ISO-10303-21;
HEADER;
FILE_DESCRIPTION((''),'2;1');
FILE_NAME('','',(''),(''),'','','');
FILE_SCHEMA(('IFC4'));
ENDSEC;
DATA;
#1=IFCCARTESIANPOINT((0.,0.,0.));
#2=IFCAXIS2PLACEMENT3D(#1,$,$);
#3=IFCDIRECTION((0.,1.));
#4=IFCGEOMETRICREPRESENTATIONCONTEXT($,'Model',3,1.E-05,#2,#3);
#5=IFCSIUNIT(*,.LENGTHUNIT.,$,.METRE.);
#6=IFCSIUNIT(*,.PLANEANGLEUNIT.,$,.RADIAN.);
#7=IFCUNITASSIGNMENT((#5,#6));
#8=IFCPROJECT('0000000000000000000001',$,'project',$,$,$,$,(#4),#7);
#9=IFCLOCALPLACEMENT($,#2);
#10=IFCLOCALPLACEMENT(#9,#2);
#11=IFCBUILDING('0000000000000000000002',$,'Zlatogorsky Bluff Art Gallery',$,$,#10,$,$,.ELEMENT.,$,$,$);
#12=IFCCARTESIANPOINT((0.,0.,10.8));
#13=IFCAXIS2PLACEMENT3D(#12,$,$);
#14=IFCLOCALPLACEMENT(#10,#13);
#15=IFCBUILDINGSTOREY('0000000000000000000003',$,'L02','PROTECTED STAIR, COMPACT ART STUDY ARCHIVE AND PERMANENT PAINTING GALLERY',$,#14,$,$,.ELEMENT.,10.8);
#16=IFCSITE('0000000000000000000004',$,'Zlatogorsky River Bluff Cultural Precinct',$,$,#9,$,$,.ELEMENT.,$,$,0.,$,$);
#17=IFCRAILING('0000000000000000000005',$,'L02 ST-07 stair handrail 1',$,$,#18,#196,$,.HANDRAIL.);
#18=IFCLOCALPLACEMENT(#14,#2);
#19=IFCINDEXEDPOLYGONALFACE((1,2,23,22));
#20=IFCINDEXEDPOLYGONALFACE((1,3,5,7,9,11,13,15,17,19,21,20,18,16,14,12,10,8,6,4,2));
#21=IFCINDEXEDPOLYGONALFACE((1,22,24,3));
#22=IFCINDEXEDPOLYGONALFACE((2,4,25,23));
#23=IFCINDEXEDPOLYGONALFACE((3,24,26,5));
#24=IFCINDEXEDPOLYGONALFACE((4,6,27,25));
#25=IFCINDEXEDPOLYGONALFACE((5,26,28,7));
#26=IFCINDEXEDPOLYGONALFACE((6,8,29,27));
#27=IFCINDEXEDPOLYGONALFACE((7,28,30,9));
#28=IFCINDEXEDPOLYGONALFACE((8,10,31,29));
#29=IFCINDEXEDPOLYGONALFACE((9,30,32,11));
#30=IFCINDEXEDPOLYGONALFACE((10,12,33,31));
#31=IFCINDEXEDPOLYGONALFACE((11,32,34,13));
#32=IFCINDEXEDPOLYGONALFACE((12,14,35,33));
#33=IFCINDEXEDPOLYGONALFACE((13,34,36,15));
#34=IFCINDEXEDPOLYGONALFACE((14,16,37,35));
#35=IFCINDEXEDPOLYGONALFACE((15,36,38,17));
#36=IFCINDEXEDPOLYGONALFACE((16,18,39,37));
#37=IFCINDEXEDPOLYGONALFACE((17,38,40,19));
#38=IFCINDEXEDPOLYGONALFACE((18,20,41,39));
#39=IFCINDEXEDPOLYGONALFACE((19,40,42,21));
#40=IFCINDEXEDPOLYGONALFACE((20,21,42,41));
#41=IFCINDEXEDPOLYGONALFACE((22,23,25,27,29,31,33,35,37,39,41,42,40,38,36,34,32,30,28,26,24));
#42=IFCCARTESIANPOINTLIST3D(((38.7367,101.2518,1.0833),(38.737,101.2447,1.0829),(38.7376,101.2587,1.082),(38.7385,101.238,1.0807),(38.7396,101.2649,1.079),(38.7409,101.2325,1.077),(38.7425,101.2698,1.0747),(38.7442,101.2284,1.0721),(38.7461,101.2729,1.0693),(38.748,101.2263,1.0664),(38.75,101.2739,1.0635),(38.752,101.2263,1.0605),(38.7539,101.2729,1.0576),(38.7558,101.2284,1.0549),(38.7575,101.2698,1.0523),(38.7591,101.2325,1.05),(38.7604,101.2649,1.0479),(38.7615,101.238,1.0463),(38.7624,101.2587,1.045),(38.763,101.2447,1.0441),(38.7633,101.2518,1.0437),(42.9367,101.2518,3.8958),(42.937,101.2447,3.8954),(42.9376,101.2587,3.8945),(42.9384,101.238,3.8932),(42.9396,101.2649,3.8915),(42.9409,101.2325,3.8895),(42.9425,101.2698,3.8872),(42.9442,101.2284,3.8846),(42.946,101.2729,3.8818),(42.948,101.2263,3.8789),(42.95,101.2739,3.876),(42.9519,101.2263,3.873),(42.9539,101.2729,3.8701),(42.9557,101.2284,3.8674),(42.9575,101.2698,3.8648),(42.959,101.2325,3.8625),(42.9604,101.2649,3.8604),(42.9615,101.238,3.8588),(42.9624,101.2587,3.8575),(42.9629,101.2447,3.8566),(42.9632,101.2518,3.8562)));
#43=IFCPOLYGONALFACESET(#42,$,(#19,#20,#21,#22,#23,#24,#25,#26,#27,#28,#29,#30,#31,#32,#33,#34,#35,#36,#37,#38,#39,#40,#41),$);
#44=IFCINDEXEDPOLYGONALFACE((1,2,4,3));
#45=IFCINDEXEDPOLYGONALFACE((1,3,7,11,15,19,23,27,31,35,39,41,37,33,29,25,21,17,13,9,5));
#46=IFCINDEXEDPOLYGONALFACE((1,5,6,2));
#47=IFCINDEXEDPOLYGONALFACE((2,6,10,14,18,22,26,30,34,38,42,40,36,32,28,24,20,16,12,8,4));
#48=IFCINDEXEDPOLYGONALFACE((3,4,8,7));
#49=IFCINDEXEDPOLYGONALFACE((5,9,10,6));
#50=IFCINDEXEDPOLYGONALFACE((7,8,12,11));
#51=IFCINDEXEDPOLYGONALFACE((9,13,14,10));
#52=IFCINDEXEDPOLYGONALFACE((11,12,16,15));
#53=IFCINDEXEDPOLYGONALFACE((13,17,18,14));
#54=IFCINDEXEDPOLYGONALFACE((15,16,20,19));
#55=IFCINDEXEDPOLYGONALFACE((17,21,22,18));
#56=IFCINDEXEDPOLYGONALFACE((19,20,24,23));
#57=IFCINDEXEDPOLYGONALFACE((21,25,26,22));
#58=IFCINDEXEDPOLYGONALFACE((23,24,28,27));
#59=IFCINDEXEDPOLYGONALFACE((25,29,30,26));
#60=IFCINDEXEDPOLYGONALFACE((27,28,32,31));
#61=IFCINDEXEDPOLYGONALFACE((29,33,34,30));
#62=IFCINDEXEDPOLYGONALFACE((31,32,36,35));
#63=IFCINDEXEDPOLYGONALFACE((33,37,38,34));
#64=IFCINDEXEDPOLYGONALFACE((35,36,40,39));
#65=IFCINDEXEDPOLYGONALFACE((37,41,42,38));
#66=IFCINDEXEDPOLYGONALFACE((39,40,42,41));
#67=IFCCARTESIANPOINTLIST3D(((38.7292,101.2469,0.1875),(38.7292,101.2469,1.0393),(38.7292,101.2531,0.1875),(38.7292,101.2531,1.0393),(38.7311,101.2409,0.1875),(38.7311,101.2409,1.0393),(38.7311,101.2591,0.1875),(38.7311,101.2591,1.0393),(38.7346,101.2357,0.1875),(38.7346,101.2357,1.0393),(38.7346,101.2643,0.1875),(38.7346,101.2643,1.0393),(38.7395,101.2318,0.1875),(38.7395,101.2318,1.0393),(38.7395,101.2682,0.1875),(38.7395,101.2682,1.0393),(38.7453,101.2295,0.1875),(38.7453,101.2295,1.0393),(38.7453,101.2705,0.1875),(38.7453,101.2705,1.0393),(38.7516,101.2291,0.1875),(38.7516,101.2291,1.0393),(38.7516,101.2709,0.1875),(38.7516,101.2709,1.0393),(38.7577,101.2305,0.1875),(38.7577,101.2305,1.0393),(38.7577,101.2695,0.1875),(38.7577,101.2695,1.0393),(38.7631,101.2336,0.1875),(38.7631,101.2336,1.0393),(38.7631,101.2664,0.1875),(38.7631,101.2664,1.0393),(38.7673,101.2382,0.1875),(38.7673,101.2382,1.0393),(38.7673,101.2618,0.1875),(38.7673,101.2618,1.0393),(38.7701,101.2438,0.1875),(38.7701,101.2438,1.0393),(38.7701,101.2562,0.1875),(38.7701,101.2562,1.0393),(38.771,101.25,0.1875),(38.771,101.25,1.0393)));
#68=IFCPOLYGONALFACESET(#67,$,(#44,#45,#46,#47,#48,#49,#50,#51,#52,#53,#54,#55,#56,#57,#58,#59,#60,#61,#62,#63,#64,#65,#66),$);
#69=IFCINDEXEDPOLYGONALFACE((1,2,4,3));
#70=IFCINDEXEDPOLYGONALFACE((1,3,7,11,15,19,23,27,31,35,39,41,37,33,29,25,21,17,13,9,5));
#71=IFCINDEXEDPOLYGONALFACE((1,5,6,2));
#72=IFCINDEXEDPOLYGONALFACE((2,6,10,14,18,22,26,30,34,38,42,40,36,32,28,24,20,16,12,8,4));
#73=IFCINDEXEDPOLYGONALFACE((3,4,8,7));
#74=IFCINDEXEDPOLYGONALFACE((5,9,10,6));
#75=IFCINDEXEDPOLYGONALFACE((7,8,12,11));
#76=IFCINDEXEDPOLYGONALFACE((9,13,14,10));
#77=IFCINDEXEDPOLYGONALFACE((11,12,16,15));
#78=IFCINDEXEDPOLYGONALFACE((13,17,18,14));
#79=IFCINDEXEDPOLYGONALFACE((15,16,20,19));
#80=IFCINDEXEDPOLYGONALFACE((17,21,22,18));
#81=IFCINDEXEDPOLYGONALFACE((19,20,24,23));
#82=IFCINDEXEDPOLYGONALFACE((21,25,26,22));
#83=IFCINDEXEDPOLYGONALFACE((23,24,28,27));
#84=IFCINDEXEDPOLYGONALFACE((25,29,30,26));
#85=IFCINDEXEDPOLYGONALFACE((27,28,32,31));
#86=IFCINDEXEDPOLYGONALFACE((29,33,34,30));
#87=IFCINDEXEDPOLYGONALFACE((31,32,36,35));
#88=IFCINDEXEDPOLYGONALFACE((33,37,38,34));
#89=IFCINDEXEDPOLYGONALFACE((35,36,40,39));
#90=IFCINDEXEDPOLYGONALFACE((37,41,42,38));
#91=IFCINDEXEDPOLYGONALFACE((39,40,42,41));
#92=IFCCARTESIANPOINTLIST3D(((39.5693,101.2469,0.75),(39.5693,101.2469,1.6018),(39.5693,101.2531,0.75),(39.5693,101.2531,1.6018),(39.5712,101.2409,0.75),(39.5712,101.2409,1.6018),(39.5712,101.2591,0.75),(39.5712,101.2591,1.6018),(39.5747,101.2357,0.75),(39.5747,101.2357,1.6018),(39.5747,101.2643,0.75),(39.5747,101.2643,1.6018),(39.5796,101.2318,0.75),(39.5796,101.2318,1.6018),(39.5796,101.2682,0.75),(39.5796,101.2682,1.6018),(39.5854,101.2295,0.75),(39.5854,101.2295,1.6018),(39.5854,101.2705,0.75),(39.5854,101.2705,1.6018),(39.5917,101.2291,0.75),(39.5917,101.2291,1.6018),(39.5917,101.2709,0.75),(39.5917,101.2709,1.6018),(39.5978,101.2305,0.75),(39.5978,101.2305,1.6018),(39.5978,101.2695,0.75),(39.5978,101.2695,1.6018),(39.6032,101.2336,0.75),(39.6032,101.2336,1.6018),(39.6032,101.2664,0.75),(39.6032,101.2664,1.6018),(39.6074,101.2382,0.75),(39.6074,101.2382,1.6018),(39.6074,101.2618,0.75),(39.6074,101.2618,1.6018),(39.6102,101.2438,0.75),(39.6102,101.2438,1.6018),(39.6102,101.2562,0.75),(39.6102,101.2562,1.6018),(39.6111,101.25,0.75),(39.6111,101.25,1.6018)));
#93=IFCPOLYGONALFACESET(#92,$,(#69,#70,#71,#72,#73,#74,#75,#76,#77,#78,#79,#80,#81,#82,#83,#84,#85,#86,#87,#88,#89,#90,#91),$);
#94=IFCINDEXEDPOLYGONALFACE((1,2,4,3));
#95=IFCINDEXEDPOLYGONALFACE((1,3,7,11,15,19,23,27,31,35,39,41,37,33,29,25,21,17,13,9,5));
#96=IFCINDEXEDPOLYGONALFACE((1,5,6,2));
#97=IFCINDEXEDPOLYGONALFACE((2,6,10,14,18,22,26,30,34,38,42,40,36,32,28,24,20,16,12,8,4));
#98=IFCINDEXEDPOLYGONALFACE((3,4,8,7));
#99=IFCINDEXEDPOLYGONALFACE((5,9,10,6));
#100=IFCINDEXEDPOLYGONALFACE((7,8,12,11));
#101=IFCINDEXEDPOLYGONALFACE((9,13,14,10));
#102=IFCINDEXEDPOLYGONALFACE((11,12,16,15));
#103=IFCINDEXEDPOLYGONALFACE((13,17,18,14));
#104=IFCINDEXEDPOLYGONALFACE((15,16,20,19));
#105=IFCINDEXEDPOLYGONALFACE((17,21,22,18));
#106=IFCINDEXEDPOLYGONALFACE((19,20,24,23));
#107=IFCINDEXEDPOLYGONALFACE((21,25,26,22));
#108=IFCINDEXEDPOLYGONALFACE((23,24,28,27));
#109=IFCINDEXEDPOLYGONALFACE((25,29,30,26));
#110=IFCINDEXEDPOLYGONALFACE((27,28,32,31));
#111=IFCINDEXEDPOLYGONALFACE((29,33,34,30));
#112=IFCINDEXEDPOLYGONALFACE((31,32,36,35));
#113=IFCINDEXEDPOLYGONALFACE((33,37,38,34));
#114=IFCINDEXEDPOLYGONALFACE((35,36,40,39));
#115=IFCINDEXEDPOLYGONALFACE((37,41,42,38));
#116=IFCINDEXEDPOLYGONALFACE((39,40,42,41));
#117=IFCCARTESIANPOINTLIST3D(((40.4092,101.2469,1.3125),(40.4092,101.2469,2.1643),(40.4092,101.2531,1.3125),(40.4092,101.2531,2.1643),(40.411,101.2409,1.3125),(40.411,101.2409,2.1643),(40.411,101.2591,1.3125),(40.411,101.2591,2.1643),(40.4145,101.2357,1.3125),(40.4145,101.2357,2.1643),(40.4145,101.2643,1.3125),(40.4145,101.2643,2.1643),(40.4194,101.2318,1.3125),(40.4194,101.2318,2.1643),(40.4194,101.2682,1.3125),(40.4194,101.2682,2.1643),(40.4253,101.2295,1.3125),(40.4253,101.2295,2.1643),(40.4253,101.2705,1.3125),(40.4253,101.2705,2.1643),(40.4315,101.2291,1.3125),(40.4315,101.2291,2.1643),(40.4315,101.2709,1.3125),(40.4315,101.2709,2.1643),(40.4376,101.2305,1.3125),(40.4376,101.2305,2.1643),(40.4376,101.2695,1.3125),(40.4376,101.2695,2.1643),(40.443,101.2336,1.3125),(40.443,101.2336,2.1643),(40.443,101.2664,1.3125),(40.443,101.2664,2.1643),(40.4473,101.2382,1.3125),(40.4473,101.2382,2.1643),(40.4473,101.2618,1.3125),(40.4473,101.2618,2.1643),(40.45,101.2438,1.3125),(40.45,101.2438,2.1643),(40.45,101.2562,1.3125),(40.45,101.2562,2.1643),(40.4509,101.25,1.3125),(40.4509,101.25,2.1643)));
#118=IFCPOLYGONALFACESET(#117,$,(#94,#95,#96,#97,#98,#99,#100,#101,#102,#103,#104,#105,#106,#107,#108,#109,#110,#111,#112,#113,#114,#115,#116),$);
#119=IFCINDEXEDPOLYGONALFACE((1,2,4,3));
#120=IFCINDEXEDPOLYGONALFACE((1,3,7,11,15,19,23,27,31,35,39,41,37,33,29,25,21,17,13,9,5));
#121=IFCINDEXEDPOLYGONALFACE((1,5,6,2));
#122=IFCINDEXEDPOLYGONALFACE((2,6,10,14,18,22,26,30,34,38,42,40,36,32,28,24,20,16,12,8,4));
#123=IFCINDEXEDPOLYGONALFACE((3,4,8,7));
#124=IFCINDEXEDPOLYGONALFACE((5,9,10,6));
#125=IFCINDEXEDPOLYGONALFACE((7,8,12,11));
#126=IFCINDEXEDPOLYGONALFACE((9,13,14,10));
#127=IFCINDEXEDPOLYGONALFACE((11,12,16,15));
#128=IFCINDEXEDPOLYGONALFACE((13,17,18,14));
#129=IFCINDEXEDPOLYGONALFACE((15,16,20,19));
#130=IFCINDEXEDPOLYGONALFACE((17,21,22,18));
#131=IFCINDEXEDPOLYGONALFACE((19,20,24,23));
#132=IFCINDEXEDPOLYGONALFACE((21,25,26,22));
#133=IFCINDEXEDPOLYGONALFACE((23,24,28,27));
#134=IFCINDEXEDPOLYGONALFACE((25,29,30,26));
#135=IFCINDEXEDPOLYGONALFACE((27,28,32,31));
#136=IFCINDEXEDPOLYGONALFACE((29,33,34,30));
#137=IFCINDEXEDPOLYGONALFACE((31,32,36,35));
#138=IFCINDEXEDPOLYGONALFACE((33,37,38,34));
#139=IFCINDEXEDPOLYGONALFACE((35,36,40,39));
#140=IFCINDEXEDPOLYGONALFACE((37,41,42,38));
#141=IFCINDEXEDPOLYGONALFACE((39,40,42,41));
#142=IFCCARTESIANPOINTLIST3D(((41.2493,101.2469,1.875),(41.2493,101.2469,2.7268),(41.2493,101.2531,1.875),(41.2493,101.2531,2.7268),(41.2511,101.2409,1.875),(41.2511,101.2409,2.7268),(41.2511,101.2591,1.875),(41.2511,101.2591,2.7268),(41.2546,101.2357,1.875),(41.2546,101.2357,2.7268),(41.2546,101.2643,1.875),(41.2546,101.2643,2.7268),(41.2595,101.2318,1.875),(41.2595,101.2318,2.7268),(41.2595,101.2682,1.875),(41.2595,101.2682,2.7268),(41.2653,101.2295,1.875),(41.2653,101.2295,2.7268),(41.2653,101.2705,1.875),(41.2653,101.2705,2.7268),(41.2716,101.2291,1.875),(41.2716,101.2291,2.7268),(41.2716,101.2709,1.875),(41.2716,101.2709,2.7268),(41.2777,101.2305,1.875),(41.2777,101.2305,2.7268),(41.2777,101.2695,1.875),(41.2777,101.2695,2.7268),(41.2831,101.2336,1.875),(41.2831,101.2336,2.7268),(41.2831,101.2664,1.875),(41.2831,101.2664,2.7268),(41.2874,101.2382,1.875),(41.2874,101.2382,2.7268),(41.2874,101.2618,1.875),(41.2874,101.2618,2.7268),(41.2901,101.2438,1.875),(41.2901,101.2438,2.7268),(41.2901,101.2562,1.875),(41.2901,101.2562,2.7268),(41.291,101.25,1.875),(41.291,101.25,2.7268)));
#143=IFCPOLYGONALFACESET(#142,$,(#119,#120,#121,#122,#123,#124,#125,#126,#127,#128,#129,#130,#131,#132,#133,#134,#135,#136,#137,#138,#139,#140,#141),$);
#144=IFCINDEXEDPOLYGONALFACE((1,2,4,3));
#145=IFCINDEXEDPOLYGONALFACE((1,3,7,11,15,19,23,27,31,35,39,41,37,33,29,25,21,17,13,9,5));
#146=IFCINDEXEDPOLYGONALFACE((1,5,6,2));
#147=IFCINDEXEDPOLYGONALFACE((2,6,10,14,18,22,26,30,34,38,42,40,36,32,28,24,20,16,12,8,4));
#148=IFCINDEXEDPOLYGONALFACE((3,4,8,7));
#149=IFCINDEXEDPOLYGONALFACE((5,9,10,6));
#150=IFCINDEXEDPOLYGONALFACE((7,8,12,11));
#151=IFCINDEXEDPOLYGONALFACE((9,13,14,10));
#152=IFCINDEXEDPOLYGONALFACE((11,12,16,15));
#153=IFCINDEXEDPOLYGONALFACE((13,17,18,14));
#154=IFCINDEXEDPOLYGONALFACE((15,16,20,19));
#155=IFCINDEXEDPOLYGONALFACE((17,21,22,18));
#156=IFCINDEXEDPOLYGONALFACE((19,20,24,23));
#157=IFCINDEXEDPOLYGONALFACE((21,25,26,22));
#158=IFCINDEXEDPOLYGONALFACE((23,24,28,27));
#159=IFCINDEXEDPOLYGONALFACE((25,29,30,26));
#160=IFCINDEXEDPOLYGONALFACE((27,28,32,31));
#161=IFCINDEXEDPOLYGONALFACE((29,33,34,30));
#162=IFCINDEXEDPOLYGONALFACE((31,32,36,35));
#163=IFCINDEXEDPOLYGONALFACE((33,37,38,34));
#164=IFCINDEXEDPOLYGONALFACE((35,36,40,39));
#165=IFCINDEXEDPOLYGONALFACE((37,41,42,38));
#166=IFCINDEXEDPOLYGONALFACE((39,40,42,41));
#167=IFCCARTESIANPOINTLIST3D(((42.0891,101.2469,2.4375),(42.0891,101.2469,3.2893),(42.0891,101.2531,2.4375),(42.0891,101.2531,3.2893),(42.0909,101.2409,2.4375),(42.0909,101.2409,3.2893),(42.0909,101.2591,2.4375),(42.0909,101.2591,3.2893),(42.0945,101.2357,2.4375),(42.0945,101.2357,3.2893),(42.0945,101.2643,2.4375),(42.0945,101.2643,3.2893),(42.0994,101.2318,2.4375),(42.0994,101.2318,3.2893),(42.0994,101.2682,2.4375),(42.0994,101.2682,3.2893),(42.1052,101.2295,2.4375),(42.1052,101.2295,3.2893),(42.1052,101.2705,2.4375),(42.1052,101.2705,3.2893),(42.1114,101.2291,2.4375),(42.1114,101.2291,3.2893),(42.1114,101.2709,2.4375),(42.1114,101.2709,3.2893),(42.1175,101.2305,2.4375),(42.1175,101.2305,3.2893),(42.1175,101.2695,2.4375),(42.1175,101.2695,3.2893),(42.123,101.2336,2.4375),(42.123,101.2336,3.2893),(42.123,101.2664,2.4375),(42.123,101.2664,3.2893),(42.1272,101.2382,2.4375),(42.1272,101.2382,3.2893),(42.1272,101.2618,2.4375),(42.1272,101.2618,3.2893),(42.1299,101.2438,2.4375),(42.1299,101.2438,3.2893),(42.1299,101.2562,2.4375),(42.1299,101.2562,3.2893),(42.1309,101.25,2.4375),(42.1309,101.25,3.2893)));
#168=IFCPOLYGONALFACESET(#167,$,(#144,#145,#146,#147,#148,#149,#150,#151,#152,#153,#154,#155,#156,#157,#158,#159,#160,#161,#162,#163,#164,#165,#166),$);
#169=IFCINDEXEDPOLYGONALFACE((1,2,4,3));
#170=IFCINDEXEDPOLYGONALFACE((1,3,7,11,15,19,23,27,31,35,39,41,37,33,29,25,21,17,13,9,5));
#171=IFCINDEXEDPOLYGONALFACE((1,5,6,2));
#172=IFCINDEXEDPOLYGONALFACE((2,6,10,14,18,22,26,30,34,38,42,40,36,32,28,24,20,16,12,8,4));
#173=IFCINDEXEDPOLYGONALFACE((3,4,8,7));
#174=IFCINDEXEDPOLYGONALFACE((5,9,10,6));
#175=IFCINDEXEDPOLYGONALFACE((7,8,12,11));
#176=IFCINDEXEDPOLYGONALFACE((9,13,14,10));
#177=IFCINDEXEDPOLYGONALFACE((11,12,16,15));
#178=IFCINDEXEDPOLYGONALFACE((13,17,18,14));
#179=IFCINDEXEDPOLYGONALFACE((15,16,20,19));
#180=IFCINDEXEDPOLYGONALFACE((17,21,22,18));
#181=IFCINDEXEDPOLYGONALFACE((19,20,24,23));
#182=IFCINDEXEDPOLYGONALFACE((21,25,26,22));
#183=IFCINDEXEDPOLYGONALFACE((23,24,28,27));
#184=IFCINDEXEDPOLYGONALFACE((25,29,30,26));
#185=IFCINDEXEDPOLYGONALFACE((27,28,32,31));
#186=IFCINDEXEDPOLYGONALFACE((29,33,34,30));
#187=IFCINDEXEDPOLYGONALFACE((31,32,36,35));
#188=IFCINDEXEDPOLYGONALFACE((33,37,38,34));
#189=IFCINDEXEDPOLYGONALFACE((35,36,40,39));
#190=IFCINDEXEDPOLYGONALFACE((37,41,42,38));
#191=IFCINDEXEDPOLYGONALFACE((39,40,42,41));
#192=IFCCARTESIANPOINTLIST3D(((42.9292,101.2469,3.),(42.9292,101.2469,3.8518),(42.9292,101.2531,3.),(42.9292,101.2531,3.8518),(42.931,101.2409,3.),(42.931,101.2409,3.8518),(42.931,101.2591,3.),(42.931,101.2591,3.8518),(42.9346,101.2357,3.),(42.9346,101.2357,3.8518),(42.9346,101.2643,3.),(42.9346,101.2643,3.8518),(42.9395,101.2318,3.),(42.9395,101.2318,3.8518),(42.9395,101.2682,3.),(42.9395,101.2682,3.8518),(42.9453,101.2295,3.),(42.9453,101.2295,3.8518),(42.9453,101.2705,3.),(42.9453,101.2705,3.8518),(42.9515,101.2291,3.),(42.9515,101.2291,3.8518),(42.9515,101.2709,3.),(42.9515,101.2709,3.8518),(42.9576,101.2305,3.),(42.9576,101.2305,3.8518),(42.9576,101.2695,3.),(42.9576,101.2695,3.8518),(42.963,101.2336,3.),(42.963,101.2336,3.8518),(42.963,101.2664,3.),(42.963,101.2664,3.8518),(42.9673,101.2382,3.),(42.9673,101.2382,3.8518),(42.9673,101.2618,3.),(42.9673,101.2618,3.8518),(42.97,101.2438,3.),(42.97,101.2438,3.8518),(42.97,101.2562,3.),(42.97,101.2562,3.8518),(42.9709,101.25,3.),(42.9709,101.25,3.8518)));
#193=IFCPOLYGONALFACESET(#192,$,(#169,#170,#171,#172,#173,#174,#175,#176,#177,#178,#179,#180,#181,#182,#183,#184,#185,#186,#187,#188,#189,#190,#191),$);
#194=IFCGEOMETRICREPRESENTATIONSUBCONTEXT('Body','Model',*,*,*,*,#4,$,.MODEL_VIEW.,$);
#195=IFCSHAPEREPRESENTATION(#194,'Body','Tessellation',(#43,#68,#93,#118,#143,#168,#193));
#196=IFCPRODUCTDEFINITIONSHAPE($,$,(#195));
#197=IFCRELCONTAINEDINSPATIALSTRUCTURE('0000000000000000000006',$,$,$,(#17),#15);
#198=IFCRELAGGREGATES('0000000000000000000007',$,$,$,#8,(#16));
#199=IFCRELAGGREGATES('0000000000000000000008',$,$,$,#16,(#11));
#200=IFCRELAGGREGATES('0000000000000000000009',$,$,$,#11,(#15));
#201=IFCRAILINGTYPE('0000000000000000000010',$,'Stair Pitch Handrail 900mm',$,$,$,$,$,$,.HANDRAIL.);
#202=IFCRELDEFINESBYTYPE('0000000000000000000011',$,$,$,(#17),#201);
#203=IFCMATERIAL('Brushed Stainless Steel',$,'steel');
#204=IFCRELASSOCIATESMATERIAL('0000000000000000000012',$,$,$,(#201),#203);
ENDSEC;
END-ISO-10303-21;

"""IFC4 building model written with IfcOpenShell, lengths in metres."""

from ifc_helpers import new_model, si_unit, direction, frame, origin, origin_2d, place, context, subcontext, project, spatial, circle, extrude, material, type_object, element, save


model = new_model("IFC4")

# Units and contexts
model_context = context("Model", 3, precision=1e-05, world=origin(), true_north=direction((0.0, 1.0)))
body_context = subcontext(model_context, "Body", "Model", "MODEL_VIEW")
ifc_project = project(units=[si_unit("LENGTHUNIT", "METRE"), si_unit("PLANEANGLEUNIT", "RADIAN")], contexts=[model_context])

# Site, building, storey
site_placement = place(None, origin())
site = spatial("IfcSite", under=ifc_project, at=site_placement, Name="Zlatogorsky River Bluff Cultural Precinct", CompositionType="ELEMENT", RefElevation=0.0)
building_placement = place(site_placement, origin())
building = spatial("IfcBuilding", under=site, at=building_placement, Name="Zlatogorsky Bluff Art Gallery", CompositionType="ELEMENT")
storey_placement = place(building_placement, frame((0.0, 0.0, 10.8)))
storey = spatial("IfcBuildingStorey", under=building, at=storey_placement, Name="L02", Description="PROTECTED STAIR, COMPACT ART STUDY ARCHIVE AND PERMANENT PAINTING GALLERY", CompositionType="ELEMENT", Elevation=10.8)

# Railing
ifc_material_1 = material(Name="Brushed Stainless Steel", Category="steel")
railing_type_1 = type_object("IfcRailingType", Name="Stair Pitch Handrail 900mm", PredefinedType="HANDRAIL", material=ifc_material_1)
railing_1_placement = place(storey_placement, frame((38.75, 101.25, 0.1875)))
element("IfcRailing", 1, at=railing_1_placement, inside=storey, type_object=railing_type_1, Name="L02 ST-07 stair handrail 1", PredefinedType="HANDRAIL", context=body_context, shape_type="SweptSolid", body=[
    extrude(circle(Radius=0.0239, at=origin_2d()), frame((0.0, 0.0, 0.876), z_axis=(0.830904, 0.0, 0.556416), x_axis=(0.0, 1.0, 0.0)), (0.0, 0.0, 1.0), 5.0547),
    extrude(circle(Radius=0.021, at=origin_2d()), origin(), (0.0, 0.0, 1.0), 0.8518),
    extrude(circle(Radius=0.021, at=origin_2d()), frame((0.8401, 0.0, 0.5625)), (0.0, 0.0, 1.0), 0.8518),
    extrude(circle(Radius=0.021, at=origin_2d()), frame((1.6799, 0.0, 1.125)), (0.0, 0.0, 1.0), 0.8518),
    extrude(circle(Radius=0.021, at=origin_2d()), frame((2.52, 0.0, 1.6875)), (0.0, 0.0, 1.0), 0.8518),
    extrude(circle(Radius=0.021, at=origin_2d()), frame((3.3599, 0.0, 2.25)), (0.0, 0.0, 1.0), 0.8518),
    extrude(circle(Radius=0.021, at=origin_2d()), frame((4.2, 0.0, 2.8125)), (0.0, 0.0, 1.0), 0.8518),
])

save(model, "model.ifc")
